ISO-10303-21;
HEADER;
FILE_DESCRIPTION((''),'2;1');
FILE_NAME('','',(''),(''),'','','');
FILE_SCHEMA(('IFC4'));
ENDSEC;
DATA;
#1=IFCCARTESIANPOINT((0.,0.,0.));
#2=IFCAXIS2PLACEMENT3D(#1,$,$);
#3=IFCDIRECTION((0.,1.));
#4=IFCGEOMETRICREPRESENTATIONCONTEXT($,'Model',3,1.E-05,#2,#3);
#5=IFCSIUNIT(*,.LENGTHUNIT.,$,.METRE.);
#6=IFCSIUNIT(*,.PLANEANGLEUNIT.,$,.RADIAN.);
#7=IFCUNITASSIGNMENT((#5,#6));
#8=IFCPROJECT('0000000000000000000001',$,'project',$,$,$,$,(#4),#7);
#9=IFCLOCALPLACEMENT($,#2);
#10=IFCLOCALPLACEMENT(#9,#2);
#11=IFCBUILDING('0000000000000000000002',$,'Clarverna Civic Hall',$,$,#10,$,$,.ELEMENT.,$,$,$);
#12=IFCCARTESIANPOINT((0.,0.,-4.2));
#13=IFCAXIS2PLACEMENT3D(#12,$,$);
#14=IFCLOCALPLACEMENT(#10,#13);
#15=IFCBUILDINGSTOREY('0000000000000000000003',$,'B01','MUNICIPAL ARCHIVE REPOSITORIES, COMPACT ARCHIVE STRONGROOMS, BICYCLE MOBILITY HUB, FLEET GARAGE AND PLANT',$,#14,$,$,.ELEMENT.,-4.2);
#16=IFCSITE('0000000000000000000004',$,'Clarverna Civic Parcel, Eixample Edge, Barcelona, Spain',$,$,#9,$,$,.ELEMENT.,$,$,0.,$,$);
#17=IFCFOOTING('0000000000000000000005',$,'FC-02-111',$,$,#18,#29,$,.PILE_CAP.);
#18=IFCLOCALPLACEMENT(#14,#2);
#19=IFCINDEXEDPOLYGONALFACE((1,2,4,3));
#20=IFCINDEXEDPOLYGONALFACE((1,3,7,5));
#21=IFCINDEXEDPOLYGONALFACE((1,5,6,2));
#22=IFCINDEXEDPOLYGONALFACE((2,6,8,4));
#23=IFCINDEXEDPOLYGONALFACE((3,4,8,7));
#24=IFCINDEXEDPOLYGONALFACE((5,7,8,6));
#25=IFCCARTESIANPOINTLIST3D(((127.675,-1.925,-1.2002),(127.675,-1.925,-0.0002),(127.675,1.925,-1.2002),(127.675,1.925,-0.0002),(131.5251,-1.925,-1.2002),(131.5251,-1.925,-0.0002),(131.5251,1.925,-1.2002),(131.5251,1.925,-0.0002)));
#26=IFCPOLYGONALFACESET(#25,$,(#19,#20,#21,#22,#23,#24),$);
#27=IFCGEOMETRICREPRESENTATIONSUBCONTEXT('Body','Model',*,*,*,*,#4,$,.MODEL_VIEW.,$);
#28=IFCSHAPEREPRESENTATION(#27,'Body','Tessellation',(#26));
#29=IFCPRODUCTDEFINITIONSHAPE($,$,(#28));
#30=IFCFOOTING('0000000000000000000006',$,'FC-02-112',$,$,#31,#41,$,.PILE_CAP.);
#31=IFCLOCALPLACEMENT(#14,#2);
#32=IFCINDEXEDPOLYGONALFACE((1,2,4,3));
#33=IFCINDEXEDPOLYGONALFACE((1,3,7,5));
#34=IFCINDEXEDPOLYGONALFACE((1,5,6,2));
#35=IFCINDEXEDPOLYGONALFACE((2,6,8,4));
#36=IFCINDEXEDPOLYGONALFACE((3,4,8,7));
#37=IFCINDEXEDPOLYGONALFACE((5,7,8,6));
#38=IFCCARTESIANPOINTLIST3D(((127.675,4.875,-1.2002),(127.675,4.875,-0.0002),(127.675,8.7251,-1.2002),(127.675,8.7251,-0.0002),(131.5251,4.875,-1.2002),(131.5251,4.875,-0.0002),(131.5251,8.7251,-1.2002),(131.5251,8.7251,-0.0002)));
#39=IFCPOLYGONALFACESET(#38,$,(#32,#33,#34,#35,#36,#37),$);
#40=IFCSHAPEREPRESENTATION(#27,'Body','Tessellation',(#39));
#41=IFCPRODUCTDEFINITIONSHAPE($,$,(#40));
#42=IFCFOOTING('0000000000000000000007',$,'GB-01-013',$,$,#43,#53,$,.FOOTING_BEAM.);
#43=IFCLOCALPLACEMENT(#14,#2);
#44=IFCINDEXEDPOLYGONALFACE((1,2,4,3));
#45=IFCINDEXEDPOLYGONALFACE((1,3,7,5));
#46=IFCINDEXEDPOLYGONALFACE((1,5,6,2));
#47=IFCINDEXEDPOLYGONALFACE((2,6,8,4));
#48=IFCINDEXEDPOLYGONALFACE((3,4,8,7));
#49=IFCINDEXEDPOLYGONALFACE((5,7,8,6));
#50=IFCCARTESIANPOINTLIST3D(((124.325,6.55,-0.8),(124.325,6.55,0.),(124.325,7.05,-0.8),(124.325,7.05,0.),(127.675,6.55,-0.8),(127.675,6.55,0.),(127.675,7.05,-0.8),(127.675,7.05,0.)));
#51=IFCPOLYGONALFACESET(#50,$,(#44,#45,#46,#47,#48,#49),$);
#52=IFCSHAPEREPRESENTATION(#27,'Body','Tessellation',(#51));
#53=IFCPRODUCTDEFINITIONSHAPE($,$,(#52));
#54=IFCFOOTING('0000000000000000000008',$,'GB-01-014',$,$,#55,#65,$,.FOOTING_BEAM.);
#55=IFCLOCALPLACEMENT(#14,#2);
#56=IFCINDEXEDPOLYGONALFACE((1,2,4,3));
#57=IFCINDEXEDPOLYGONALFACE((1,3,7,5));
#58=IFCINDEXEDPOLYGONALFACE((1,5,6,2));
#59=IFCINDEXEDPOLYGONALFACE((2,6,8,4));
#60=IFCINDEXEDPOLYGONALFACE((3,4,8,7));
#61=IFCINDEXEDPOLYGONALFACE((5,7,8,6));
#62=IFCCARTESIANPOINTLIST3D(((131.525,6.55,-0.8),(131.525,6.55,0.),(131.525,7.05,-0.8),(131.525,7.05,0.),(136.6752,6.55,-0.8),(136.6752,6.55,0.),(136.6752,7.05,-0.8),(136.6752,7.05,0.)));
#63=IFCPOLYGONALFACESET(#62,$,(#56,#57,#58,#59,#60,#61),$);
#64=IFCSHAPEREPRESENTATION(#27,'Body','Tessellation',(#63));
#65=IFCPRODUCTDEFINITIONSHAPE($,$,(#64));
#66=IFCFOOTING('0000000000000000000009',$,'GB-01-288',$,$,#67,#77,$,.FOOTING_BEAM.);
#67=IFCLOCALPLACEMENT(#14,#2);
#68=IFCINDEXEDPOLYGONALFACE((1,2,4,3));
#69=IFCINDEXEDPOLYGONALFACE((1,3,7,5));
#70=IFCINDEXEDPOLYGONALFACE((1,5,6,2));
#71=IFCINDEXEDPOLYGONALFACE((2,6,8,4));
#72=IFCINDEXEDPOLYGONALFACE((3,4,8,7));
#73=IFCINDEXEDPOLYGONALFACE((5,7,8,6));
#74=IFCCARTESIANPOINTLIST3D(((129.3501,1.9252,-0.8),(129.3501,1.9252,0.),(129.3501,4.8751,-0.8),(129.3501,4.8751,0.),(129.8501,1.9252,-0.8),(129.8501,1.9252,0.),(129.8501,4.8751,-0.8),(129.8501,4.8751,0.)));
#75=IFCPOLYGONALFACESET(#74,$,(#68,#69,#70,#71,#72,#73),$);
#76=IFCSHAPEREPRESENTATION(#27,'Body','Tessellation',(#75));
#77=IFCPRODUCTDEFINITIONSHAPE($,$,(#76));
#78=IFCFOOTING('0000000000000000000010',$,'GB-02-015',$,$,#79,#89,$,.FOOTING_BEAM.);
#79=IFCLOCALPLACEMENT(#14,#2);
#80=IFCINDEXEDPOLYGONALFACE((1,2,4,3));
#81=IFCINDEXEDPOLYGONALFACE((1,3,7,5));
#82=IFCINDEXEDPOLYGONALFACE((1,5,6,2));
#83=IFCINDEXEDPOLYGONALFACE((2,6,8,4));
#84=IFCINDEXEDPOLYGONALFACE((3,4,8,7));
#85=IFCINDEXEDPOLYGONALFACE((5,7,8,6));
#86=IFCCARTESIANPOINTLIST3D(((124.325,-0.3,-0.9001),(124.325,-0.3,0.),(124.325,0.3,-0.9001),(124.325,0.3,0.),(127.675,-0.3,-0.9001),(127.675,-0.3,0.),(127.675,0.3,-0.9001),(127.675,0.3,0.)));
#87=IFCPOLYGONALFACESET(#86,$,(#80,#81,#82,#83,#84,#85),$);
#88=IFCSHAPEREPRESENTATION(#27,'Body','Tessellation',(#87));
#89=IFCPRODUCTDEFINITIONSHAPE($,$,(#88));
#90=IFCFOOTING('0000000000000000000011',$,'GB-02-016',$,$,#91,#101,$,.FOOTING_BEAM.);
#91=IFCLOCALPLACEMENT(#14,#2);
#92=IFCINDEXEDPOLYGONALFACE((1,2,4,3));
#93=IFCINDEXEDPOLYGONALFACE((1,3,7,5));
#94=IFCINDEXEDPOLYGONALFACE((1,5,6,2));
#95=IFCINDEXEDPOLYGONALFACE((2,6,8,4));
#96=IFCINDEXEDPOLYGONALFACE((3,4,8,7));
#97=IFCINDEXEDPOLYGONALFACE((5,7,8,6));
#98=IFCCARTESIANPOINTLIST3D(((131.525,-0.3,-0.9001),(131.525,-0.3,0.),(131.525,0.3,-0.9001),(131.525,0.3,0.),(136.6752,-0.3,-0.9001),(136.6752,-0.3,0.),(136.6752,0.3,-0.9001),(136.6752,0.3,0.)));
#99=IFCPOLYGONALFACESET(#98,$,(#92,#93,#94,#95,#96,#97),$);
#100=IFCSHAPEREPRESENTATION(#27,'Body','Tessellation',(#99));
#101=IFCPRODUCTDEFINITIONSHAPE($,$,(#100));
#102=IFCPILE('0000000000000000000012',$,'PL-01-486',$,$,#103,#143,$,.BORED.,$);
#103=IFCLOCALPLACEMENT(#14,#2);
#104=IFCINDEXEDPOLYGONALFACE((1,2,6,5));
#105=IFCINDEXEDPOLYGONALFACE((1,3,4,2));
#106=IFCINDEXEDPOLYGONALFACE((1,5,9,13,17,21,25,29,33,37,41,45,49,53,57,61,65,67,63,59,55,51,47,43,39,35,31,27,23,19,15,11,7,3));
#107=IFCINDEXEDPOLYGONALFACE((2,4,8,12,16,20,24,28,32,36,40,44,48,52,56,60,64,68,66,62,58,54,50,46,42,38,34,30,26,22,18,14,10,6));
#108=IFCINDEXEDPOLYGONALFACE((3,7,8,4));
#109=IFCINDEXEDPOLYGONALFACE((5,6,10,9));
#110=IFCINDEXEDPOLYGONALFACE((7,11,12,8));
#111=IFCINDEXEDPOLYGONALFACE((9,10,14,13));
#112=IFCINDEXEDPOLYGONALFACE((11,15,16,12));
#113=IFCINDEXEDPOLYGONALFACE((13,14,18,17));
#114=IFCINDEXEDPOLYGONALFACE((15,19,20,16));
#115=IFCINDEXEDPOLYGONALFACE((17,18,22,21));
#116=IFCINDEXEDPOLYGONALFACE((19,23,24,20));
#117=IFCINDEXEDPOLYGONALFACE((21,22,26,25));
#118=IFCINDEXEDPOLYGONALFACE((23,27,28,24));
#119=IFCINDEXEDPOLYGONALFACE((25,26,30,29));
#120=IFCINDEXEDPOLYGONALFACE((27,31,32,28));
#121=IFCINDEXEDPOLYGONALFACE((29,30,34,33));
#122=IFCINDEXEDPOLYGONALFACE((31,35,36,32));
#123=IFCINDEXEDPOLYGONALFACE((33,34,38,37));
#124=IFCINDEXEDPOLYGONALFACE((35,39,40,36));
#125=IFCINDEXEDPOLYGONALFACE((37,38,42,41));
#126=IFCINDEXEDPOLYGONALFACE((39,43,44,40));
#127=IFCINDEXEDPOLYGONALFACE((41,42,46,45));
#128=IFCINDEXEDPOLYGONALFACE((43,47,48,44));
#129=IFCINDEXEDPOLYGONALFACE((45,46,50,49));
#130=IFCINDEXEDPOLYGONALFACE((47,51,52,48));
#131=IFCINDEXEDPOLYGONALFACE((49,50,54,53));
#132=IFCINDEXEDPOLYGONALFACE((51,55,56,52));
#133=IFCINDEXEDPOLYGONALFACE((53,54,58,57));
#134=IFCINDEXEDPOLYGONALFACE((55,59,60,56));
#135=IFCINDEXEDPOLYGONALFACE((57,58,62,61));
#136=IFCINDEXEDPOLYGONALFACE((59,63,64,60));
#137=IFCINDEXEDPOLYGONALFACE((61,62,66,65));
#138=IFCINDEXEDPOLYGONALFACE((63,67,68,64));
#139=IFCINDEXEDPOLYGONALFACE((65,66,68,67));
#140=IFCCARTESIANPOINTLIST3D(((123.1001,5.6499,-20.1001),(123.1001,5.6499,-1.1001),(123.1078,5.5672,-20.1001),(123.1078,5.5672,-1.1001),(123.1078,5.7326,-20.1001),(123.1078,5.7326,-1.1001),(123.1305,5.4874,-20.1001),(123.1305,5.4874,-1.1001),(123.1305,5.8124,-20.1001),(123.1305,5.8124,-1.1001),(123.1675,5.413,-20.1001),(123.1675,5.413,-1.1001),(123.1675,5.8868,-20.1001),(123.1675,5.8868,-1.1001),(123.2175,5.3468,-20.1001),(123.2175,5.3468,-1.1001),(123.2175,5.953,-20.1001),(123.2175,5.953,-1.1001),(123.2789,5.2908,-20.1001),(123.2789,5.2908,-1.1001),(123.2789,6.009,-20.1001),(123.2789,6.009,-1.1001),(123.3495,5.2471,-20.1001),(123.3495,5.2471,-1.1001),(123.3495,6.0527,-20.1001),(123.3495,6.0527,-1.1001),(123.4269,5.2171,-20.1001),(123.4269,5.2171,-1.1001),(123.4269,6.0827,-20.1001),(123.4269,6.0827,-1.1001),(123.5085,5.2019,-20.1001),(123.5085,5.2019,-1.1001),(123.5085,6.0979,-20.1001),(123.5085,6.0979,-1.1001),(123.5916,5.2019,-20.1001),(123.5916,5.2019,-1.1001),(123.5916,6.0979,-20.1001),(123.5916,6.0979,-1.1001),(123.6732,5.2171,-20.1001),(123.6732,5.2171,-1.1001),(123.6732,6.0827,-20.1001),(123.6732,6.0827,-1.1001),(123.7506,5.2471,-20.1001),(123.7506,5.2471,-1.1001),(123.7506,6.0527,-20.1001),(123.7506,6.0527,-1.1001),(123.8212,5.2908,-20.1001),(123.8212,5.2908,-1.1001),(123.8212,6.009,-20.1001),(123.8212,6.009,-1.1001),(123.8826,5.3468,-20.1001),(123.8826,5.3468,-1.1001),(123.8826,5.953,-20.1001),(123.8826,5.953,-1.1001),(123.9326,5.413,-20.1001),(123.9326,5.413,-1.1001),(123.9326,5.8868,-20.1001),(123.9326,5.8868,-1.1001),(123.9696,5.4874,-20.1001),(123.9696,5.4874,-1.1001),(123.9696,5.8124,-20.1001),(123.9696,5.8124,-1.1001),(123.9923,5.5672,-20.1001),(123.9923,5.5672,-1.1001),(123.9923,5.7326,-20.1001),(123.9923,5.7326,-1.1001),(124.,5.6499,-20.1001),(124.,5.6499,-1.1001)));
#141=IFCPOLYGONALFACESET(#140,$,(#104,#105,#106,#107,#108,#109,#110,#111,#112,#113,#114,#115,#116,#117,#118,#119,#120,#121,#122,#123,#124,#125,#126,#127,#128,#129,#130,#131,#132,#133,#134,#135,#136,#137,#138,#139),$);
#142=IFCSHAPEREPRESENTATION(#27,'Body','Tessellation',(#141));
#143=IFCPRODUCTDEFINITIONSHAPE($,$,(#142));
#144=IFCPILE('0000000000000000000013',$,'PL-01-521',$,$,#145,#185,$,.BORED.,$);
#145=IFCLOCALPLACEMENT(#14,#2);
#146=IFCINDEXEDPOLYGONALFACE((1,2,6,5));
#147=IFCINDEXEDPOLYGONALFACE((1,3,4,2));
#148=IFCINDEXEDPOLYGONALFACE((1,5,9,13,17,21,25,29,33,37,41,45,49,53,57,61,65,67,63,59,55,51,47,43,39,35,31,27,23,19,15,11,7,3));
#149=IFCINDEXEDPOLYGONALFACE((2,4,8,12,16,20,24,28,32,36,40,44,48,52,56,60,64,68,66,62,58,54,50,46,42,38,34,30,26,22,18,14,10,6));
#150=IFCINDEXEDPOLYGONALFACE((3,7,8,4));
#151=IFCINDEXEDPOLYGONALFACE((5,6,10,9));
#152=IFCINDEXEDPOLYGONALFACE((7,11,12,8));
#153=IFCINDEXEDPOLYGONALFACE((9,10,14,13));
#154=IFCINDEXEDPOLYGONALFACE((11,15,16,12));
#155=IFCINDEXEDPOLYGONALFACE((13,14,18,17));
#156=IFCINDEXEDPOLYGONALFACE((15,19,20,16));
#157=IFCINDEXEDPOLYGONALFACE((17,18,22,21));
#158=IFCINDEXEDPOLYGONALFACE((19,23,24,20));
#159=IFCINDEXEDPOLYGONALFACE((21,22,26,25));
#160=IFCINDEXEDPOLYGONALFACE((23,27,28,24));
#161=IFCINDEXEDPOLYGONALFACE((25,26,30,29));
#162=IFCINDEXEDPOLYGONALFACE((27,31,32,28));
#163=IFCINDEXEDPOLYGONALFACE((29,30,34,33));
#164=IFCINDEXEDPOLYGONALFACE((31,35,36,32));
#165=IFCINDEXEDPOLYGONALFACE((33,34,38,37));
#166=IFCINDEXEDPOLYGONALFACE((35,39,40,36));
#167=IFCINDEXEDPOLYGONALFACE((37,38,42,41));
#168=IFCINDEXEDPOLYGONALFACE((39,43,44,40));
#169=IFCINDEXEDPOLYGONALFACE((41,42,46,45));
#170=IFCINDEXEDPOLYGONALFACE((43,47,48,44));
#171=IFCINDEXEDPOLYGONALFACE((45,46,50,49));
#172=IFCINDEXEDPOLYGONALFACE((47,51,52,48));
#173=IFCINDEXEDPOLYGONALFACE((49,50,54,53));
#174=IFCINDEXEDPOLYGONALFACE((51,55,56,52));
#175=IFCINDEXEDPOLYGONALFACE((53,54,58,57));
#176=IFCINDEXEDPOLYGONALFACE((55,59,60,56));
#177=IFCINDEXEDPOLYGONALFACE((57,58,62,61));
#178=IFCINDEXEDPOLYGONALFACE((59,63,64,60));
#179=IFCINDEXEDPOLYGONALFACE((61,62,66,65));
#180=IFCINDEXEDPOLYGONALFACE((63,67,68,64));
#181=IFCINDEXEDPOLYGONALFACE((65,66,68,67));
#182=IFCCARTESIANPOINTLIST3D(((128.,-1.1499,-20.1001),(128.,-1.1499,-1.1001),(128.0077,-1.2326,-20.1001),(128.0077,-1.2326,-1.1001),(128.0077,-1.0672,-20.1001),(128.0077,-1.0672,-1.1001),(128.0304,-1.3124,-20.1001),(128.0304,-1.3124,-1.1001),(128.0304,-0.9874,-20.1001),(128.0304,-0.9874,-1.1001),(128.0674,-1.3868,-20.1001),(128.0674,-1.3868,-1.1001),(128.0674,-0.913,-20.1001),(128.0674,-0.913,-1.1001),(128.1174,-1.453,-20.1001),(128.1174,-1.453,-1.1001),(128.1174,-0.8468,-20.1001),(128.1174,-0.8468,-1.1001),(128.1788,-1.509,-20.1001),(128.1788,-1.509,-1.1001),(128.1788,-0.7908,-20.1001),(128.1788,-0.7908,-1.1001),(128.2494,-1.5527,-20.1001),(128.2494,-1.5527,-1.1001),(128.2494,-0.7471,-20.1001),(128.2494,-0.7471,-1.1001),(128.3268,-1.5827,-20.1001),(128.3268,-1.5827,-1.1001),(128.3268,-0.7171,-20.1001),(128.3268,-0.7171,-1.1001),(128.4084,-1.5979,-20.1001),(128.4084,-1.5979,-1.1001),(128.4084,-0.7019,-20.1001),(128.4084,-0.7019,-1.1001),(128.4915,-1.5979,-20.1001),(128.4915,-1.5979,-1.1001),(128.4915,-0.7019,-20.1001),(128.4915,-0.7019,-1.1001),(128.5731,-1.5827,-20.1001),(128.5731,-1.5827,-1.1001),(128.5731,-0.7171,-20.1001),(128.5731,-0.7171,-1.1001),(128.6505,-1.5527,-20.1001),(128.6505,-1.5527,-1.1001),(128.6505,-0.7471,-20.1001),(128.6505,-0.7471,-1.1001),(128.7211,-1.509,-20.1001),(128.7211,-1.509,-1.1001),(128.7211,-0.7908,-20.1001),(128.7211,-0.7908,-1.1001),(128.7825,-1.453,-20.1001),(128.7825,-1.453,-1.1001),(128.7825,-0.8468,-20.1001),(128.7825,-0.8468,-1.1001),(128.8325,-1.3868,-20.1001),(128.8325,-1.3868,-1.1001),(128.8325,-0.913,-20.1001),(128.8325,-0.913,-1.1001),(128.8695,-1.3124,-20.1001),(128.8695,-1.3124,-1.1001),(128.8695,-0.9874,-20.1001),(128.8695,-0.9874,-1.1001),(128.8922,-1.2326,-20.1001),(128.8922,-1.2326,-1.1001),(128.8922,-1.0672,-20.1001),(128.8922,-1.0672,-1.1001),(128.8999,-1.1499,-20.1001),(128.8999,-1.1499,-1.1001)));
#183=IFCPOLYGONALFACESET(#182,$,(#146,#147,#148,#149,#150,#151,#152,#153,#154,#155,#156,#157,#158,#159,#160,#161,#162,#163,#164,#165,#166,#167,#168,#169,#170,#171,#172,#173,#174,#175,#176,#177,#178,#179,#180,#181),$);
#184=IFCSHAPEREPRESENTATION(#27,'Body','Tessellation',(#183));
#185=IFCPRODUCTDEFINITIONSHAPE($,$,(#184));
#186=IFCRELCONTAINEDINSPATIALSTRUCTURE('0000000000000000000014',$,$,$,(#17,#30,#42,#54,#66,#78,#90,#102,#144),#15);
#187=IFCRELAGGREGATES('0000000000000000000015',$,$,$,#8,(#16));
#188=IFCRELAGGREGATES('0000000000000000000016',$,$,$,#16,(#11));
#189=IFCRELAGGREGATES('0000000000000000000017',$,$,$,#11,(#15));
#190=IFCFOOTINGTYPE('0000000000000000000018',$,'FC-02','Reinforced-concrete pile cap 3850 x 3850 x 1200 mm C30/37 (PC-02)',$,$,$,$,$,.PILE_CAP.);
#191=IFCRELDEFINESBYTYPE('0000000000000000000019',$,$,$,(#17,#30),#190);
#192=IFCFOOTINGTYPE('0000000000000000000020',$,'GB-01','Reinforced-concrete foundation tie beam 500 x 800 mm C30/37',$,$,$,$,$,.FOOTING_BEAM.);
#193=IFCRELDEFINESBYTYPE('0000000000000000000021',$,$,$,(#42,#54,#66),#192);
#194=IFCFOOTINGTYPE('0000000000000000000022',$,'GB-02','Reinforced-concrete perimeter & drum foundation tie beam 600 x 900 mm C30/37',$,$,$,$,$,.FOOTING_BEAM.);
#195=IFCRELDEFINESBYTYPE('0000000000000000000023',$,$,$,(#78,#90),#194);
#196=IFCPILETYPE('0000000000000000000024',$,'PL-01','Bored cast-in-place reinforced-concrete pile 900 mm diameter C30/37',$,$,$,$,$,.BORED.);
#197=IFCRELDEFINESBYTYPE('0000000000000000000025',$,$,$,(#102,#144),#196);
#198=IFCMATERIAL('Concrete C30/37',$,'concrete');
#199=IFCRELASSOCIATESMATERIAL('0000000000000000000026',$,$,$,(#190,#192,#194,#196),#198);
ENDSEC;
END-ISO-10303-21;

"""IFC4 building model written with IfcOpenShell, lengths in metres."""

from ifc_helpers import new_model, si_unit, direction, frame, frame_2d, origin, origin_2d, place, context, subcontext, project, spatial, rectangle, circle, extrude, material, material_profile, profile_set, type_object, element, save


model = new_model("IFC4")

# Units and contexts
model_context = context("Model", 3, precision=1e-05, world=origin(), true_north=direction((0.0, 1.0)))
body_context = subcontext(model_context, "Body", "Model", "MODEL_VIEW")
ifc_project = project(units=[si_unit("LENGTHUNIT", "METRE"), si_unit("PLANEANGLEUNIT", "RADIAN")], contexts=[model_context])

# Site, building, storey
site_placement = place(None, origin())
site = spatial("IfcSite", under=ifc_project, at=site_placement, Name="Clarverna Civic Parcel, Eixample Edge, Barcelona, Spain", CompositionType="ELEMENT", RefElevation=0.0)
building_placement = place(site_placement, origin())
building = spatial("IfcBuilding", under=site, at=building_placement, Name="Clarverna Civic Hall", CompositionType="ELEMENT")
storey_placement = place(building_placement, frame((0.0, 0.0, -4.2)))
storey = spatial("IfcBuildingStorey", under=building, at=storey_placement, Name="B01", Description="MUNICIPAL ARCHIVE REPOSITORIES, COMPACT ARCHIVE STRONGROOMS, BICYCLE MOBILITY HUB, FLEET GARAGE AND PLANT", CompositionType="ELEMENT", Elevation=-4.2)

# Footings
ifc_material_1 = material(Name="Concrete C30/37", Category="concrete")
footing_type_1 = type_object("IfcFootingType", Name="FC-02", Description="Reinforced-concrete pile cap 3850 x 3850 x 1200 mm C30/37 (PC-02)", PredefinedType="PILE_CAP", material=ifc_material_1)
for number, where, z_axis, x_axis, name in (
    (1, (129.6001, 0.0, -1.2002), (0.0, 0.0, 1.0), (1.0, 0.0, 0.0), "FC-02-111"),
    (2, (129.6001, 6.8, -1.2002), (0.0, 0.0, 1.0), (1.0, 0.0, 0.0), "FC-02-112"),
):
    element("IfcFooting", number, at=place(storey_placement, frame(where, z_axis=z_axis, x_axis=x_axis)), inside=storey, type_object=footing_type_1, Name=name, PredefinedType="PILE_CAP", context=body_context, shape_type="SweptSolid", body=[
        extrude(rectangle(XDim=3.8501, YDim=3.8501, at=origin_2d()), origin(), (0.0, 0.0, 1.0), 1.2),
    ])
footing_type_2 = type_object("IfcFootingType", Name="GB-01", Description="Reinforced-concrete foundation tie beam 500 x 800 mm C30/37", PredefinedType="FOOTING_BEAM", material=ifc_material_1)
footing_1_placement = place(storey_placement, frame((124.325, 6.8, -0.8), z_axis=(0.0, 0.0, 1.0), x_axis=(1.0, 0.0, 0.0)))
element("IfcFooting", 3, at=footing_1_placement, inside=storey, type_object=footing_type_2, Name="GB-01-013", PredefinedType="FOOTING_BEAM", context=body_context, shape_type="SweptSolid", body=[
    extrude(rectangle(XDim=3.3501, YDim=0.5, at=frame_2d((1.675, 0.0))), origin(), (0.0, 0.0, 1.0), 0.8),
])
footing_2_placement = place(storey_placement, frame((131.5249, 6.8, -0.8), z_axis=(0.0, 0.0, 1.0), x_axis=(1.0, 0.0, 0.0)))
element("IfcFooting", 4, at=footing_2_placement, inside=storey, type_object=footing_type_2, Name="GB-01-014", PredefinedType="FOOTING_BEAM", context=body_context, shape_type="SweptSolid", body=[
    extrude(rectangle(XDim=5.1501, YDim=0.5, at=frame_2d((2.5752, 0.0))), origin(), (0.0, 0.0, 1.0), 0.8),
])
footing_3_placement = place(storey_placement, frame((129.6001, 1.925, -0.8), z_axis=(0.0, 0.0, 1.0), x_axis=(0.0, 1.0, 0.0)))
element("IfcFooting", 5, at=footing_3_placement, inside=storey, type_object=footing_type_2, Name="GB-01-288", PredefinedType="FOOTING_BEAM", context=body_context, shape_type="SweptSolid", body=[
    extrude(rectangle(XDim=2.95, YDim=0.5, at=frame_2d((1.4751, 0.0))), origin(), (0.0, 0.0, 1.0), 0.8),
])
footing_type_3 = type_object("IfcFootingType", Name="GB-02", Description="Reinforced-concrete perimeter & drum foundation tie beam 600 x 900 mm C30/37", PredefinedType="FOOTING_BEAM", material=ifc_material_1)
footing_4_placement = place(storey_placement, frame((124.325, 0.0, -0.9001), z_axis=(0.0, 0.0, 1.0), x_axis=(1.0, 0.0, 0.0)))
element("IfcFooting", 6, at=footing_4_placement, inside=storey, type_object=footing_type_3, Name="GB-02-015", PredefinedType="FOOTING_BEAM", context=body_context, shape_type="SweptSolid", body=[
    extrude(rectangle(XDim=3.3501, YDim=0.6001, at=frame_2d((1.675, 0.0))), origin(), (0.0, 0.0, 1.0), 0.9001),
])
footing_5_placement = place(storey_placement, frame((131.5249, 0.0, -0.9001), z_axis=(0.0, 0.0, 1.0), x_axis=(1.0, 0.0, 0.0)))
element("IfcFooting", 7, at=footing_5_placement, inside=storey, type_object=footing_type_3, Name="GB-02-016", PredefinedType="FOOTING_BEAM", context=body_context, shape_type="SweptSolid", body=[
    extrude(rectangle(XDim=5.1501, YDim=0.6001, at=frame_2d((2.5752, 0.0))), origin(), (0.0, 0.0, 1.0), 0.9001),
])

# Piles
ifc_material_profile_1 = material_profile(ifc_material_1, circle(Radius=0.45, at=origin_2d()), Name="BORED PILE D900")
ifc_profile_set_1 = profile_set([ifc_material_profile_1], Name="Concrete C30/37")
pile_type = type_object("IfcPileType", Name="PL-01", Description="Bored cast-in-place reinforced-concrete pile 900 mm diameter C30/37", PredefinedType="BORED", material=ifc_profile_set_1)
for number, where, z_axis, x_axis, name in (
    (8, (123.55, 5.6499, -1.1001), (0.0, 0.0, -1.0), (1.0, 0.0, 0.0), "PL-01-486"),
    (9, (128.45, -1.1499, -1.1001), (0.0, 0.0, -1.0), (1.0, 0.0, 0.0), "PL-01-521"),
):
    element("IfcPile", number, at=place(storey_placement, frame(where, z_axis=z_axis, x_axis=x_axis)), inside=storey, type_object=pile_type, Name=name, PredefinedType="BORED", context=body_context, shape_type="SweptSolid", body=[
        extrude(circle(Radius=0.45, at=origin_2d()), origin(), (0.0, 0.0, 1.0), 19.0),
    ])

save(model, "model.ifc")
